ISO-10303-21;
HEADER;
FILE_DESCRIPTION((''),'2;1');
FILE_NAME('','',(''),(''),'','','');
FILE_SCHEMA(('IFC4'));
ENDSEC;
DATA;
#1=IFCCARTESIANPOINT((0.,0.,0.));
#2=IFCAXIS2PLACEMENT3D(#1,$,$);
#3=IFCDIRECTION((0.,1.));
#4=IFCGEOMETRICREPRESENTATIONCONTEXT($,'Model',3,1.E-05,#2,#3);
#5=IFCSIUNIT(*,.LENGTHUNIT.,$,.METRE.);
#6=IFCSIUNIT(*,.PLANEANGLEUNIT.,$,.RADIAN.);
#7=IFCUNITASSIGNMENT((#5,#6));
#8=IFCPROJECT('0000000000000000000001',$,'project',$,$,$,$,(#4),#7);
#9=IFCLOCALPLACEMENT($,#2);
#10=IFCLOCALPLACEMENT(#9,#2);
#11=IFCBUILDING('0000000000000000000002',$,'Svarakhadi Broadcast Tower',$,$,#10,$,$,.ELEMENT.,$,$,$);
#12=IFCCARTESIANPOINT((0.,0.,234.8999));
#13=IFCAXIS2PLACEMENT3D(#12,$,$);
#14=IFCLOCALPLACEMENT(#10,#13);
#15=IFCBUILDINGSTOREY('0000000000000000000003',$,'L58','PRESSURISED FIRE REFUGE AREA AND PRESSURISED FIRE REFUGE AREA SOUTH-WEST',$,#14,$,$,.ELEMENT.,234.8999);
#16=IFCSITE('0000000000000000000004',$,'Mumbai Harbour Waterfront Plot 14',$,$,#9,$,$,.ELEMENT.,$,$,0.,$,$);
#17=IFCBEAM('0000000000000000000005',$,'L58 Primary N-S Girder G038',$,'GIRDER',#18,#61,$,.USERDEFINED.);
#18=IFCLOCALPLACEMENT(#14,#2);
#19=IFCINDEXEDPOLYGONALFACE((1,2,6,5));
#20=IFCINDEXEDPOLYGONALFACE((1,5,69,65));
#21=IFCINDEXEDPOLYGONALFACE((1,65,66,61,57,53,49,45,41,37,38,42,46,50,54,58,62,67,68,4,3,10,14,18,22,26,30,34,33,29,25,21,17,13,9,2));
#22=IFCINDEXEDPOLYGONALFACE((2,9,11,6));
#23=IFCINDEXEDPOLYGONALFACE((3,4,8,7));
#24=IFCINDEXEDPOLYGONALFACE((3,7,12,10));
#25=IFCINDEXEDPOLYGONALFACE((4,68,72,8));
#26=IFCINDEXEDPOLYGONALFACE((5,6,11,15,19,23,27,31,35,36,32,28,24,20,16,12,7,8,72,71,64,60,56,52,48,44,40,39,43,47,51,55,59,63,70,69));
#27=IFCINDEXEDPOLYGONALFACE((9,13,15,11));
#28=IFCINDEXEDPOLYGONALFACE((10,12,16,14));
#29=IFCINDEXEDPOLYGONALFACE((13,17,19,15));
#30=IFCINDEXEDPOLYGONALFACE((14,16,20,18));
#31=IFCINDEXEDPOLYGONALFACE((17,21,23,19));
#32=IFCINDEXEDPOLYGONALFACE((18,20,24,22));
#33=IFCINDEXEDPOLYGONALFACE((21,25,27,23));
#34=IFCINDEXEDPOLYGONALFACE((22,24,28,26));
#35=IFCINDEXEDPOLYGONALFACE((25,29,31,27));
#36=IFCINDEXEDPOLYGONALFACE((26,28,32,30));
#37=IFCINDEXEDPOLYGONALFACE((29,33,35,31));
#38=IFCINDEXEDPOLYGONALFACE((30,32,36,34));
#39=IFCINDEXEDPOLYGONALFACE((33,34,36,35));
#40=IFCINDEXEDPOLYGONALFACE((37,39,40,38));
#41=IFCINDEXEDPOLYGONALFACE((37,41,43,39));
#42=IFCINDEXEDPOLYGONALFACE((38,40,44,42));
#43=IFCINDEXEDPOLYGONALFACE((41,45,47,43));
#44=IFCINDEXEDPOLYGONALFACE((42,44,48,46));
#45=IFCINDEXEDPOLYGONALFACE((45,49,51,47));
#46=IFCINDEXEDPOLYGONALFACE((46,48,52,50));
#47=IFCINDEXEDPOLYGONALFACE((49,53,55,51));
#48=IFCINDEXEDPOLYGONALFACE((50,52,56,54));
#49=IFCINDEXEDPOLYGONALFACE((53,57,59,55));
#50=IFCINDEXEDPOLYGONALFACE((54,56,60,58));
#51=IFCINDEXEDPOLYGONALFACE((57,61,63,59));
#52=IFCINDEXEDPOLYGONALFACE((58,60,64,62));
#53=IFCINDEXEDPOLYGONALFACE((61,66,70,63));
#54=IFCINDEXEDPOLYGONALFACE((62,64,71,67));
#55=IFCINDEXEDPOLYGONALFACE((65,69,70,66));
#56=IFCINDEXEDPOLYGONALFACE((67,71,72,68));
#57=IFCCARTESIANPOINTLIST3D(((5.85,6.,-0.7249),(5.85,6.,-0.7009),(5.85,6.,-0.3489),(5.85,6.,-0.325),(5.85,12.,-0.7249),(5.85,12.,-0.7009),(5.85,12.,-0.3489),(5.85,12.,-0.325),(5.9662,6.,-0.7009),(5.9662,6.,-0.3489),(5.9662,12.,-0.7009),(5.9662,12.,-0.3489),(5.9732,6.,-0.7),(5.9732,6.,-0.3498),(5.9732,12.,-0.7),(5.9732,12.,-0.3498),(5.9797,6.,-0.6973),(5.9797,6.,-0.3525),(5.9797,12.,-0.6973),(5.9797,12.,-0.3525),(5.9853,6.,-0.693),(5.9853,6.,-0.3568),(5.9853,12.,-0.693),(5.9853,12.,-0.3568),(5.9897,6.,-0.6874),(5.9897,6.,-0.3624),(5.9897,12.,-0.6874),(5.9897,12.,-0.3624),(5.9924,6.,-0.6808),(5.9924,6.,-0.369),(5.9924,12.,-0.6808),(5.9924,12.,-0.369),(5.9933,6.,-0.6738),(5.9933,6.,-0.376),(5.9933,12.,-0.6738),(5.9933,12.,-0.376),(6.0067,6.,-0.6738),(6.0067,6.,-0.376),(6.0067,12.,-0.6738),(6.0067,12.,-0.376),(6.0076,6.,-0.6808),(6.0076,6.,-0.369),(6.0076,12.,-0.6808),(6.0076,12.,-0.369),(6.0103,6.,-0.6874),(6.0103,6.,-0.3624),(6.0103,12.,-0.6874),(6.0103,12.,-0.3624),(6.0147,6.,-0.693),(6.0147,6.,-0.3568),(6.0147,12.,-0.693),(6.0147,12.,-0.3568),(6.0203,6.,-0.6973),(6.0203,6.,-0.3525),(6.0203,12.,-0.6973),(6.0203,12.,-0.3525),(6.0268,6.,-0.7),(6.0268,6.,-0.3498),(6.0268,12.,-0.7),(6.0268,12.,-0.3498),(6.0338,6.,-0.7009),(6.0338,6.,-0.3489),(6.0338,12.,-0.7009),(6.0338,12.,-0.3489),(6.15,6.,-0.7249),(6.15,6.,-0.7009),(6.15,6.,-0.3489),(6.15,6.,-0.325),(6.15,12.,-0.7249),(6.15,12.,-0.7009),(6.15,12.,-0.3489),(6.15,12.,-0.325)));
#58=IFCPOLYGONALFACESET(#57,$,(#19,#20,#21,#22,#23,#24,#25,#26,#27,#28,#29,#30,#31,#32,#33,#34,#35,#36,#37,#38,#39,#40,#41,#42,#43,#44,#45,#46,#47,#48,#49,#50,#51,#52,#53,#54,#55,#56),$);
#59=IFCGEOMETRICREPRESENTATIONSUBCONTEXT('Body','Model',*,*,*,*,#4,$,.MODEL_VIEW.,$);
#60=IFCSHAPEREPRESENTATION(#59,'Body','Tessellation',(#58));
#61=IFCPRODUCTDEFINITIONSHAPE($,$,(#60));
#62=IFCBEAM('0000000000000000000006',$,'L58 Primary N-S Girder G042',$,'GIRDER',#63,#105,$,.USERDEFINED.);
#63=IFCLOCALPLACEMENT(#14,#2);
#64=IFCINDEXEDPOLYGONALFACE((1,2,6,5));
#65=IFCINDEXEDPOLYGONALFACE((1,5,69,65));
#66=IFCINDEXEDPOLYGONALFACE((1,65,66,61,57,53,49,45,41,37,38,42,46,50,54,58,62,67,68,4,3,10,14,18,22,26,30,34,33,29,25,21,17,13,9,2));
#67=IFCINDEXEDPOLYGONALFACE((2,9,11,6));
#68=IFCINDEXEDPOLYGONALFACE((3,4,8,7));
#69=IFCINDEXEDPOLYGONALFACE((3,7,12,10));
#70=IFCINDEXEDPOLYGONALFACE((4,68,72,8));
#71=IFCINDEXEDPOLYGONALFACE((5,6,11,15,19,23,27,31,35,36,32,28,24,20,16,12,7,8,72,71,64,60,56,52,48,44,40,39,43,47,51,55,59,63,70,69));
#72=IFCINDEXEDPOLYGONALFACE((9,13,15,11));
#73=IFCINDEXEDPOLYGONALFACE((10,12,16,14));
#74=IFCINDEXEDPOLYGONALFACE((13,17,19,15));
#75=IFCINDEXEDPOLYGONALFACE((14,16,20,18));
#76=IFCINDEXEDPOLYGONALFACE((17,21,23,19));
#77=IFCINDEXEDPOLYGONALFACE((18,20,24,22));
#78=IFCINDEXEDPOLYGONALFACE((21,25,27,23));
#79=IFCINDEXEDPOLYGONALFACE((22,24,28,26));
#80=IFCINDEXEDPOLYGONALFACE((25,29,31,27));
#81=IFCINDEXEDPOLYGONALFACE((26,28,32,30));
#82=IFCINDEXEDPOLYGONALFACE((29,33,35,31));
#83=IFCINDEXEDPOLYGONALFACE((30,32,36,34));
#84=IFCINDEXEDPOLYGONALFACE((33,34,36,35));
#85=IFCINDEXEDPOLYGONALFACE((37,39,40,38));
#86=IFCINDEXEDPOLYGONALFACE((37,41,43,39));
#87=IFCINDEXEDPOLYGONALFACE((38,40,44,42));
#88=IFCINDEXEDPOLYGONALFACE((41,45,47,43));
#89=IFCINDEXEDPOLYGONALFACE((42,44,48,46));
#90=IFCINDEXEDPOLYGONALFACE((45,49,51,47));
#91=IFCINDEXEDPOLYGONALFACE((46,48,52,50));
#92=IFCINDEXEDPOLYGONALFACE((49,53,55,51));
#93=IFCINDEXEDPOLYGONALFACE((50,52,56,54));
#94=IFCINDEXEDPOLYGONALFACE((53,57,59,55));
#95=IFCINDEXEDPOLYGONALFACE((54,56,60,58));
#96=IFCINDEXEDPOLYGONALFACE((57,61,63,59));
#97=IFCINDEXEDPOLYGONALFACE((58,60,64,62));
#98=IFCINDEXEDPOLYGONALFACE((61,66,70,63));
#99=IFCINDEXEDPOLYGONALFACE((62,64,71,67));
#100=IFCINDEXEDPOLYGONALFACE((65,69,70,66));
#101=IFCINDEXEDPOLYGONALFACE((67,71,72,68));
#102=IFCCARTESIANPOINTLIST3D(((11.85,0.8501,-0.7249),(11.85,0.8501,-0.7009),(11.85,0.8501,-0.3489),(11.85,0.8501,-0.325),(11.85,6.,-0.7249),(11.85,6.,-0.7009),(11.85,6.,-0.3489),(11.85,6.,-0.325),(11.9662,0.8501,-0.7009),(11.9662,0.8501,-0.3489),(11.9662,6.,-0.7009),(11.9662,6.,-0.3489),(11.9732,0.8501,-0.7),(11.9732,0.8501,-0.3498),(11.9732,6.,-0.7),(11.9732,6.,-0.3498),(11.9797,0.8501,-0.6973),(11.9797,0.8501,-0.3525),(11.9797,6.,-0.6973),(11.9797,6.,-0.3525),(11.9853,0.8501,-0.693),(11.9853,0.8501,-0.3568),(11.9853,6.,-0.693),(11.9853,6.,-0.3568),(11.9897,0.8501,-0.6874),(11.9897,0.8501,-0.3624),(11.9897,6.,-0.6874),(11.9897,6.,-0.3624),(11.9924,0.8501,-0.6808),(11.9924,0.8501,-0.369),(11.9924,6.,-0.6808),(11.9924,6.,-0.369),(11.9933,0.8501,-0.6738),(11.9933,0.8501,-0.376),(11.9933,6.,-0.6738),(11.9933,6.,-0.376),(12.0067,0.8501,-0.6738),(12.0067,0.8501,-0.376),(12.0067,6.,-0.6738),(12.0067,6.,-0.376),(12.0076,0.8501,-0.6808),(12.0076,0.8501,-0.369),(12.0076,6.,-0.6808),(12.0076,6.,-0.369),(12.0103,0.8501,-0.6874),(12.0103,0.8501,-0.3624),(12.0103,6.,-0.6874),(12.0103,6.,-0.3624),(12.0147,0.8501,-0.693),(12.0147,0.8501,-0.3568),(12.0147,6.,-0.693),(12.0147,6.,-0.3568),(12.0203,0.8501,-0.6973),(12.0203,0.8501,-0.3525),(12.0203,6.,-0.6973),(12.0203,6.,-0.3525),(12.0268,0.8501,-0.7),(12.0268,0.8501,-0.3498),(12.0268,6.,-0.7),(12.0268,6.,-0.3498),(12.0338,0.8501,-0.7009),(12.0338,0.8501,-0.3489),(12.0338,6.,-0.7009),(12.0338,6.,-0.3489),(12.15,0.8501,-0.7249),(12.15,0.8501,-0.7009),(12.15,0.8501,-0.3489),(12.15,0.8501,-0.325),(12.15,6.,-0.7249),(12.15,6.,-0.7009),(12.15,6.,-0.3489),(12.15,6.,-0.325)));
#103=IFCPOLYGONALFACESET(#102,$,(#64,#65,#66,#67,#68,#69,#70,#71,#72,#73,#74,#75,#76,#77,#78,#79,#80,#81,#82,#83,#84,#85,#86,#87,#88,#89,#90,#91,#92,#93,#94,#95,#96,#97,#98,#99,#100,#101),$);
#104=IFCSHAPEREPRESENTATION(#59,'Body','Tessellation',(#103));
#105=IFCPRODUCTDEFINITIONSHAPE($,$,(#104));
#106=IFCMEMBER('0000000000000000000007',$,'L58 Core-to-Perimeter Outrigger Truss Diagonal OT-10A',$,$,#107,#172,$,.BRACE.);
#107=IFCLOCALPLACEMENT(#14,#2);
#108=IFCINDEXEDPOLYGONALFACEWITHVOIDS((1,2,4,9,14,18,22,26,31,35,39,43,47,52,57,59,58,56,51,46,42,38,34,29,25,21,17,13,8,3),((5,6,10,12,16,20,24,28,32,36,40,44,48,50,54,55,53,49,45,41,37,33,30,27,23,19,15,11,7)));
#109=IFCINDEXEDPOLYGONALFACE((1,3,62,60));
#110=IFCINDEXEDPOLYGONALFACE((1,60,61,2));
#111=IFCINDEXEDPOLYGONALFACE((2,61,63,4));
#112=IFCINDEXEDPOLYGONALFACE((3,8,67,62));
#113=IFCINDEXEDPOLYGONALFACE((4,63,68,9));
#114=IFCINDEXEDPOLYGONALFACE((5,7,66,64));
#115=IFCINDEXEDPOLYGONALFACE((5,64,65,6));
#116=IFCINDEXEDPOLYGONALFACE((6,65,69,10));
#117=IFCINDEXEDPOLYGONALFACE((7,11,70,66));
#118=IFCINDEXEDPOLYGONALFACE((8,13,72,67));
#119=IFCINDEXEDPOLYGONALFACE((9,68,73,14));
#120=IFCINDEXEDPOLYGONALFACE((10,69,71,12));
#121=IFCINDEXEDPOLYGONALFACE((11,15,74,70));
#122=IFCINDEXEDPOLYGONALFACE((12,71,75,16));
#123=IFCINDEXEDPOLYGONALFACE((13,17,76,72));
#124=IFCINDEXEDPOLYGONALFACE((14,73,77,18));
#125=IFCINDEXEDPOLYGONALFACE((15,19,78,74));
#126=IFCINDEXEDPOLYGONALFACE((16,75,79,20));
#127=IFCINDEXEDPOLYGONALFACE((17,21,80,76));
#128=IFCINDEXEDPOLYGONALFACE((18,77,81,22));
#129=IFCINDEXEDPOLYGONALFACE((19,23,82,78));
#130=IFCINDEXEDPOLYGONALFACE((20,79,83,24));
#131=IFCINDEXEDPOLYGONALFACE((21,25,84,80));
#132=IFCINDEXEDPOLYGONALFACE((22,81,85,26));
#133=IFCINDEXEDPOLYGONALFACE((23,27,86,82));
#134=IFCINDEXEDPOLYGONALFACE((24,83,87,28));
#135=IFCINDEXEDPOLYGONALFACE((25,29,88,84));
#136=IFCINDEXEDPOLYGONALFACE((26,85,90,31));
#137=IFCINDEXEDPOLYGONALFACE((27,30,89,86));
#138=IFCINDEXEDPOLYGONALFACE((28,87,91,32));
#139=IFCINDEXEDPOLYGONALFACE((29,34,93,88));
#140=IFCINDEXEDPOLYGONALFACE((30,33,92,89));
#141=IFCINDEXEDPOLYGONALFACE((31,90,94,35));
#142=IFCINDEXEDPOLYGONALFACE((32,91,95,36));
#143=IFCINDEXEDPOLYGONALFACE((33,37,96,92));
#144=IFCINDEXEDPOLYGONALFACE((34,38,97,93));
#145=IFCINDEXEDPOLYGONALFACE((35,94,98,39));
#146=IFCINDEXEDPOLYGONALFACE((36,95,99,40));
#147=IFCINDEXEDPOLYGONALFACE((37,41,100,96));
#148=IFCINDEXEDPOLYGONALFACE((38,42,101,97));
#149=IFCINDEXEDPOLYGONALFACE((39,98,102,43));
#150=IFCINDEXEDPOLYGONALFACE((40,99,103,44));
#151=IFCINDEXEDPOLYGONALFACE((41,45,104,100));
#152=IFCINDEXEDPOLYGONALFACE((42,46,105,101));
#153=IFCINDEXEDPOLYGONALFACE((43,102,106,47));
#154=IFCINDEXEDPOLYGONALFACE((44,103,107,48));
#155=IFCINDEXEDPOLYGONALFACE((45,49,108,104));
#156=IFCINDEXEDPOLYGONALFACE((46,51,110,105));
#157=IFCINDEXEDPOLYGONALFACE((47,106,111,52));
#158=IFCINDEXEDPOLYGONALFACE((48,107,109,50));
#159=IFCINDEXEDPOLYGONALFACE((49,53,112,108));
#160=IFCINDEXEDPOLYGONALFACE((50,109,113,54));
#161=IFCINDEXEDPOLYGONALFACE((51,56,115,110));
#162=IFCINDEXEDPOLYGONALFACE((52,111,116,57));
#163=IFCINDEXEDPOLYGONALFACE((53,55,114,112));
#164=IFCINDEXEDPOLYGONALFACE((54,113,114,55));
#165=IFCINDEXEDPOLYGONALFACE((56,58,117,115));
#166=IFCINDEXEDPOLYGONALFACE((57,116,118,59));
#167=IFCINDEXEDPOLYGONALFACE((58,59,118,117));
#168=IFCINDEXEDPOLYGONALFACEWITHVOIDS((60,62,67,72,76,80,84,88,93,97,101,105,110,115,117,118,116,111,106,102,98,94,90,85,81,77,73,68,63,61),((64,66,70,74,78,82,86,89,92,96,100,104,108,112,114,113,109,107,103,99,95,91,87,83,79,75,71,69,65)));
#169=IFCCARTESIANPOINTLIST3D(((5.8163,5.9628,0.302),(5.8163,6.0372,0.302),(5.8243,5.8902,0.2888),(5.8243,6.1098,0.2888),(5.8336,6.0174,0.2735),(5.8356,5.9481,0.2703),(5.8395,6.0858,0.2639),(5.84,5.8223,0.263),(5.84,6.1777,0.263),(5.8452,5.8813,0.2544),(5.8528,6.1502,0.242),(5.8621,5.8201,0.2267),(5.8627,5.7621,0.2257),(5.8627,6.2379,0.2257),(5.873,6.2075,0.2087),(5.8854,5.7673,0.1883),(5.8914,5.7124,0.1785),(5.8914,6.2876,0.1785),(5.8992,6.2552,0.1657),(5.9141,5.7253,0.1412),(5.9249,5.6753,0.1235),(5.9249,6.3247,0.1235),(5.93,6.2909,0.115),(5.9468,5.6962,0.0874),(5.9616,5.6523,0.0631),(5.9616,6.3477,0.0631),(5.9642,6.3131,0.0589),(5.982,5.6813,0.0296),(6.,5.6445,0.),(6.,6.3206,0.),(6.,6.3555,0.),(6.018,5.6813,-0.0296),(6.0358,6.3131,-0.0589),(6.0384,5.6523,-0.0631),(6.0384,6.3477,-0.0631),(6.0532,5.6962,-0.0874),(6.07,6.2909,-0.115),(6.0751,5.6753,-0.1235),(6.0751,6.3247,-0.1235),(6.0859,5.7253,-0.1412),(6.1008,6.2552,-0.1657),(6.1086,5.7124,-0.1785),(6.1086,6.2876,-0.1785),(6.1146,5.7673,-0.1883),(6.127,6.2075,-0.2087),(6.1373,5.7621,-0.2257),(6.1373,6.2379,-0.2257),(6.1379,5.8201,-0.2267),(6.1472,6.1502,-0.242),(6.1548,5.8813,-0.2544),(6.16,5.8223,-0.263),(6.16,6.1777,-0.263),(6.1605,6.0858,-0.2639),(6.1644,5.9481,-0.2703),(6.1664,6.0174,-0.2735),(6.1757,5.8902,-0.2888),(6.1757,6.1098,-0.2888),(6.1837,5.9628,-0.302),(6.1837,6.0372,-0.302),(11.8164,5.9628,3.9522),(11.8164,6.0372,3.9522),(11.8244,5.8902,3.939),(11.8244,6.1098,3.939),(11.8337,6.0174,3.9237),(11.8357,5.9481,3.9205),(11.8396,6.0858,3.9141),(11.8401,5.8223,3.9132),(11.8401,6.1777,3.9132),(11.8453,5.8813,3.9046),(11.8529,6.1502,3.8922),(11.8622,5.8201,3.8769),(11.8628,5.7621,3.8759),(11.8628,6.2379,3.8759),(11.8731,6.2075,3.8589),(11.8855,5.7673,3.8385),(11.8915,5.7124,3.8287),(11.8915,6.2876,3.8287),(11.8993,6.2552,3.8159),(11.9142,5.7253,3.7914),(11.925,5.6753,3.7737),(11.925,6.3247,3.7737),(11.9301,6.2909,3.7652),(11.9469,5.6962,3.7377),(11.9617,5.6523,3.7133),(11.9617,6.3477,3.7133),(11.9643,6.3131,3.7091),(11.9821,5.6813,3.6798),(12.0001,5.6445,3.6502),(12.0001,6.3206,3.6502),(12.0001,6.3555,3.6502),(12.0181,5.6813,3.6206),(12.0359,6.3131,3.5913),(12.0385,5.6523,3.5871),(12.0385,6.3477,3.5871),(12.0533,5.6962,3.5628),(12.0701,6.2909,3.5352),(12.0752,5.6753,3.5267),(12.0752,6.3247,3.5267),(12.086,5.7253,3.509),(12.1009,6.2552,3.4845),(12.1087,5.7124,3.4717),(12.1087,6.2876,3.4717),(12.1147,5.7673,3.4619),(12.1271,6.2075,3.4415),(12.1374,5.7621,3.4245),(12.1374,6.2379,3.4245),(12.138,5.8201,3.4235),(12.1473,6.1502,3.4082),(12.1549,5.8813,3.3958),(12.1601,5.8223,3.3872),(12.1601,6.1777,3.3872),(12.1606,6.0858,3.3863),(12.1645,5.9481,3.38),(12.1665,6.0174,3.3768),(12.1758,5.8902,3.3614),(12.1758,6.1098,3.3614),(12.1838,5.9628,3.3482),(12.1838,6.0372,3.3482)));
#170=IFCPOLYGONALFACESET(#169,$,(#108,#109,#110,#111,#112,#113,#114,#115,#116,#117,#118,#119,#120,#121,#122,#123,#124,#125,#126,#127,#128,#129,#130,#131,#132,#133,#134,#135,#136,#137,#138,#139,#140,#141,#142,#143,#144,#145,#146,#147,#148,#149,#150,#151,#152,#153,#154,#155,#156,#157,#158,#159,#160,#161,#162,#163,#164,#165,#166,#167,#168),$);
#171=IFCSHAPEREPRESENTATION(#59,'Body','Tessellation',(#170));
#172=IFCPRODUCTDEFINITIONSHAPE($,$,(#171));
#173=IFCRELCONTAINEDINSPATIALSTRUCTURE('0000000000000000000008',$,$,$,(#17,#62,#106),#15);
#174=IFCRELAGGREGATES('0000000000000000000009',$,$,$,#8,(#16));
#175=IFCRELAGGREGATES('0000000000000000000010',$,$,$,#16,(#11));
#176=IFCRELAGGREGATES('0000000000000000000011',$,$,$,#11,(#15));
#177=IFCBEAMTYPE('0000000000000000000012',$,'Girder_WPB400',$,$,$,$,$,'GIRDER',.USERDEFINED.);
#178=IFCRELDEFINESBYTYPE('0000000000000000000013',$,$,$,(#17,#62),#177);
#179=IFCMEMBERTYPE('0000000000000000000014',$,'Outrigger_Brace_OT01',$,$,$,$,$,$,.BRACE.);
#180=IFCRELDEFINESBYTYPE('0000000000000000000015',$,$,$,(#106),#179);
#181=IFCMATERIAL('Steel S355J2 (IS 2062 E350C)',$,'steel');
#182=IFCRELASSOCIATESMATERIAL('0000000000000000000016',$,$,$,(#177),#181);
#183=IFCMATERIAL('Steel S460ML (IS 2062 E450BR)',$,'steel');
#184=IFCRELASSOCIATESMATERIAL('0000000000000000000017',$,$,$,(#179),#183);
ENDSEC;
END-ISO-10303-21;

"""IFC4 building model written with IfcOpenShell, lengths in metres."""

from ifc_helpers import new_model, si_unit, direction, frame, origin, origin_2d, place, context, subcontext, project, spatial, hollow_circle, i_section, extrude, material, material_profile, profile_set, type_object, element, save


model = new_model("IFC4")

# Units and contexts
model_context = context("Model", 3, precision=1e-05, world=origin(), true_north=direction((0.0, 1.0)))
body_context = subcontext(model_context, "Body", "Model", "MODEL_VIEW")
ifc_project = project(units=[si_unit("LENGTHUNIT", "METRE"), si_unit("PLANEANGLEUNIT", "RADIAN")], contexts=[model_context])

# Site, building, storey
site_placement = place(None, origin())
site = spatial("IfcSite", under=ifc_project, at=site_placement, Name="Mumbai Harbour Waterfront Plot 14", CompositionType="ELEMENT", RefElevation=0.0)
building_placement = place(site_placement, origin())
building = spatial("IfcBuilding", under=site, at=building_placement, Name="Svarakhadi Broadcast Tower", CompositionType="ELEMENT")
storey_placement = place(building_placement, frame((0.0, 0.0, 234.8999)))
storey = spatial("IfcBuildingStorey", under=building, at=storey_placement, Name="L58", Description="PRESSURISED FIRE REFUGE AREA AND PRESSURISED FIRE REFUGE AREA SOUTH-WEST", CompositionType="ELEMENT", Elevation=234.8999)

# Shared definitions
ifc_material_1 = material(Name="Steel S460ML (IS 2062 E450BR)", Category="steel")

# Shared definitions
ifc_material_2 = material(Name="Steel S355J2 (IS 2062 E350C)", Category="steel")

# Beams
ifc_material_profile_1 = material_profile(ifc_material_2, i_section(OverallWidth=0.3, OverallDepth=0.3999, WebThickness=0.0134, FlangeThickness=0.0239, FilletRadius=0.0271, at=origin_2d()), Name="WPB 400x300x155")
ifc_profile_set_1 = profile_set([ifc_material_profile_1], Name="Steel S355J2 (IS 2062 E350C)")
beam_type_1 = type_object("IfcBeamType", Name="Girder_WPB400", ElementType="GIRDER", PredefinedType="USERDEFINED", material=ifc_profile_set_1)
for number, where, z_axis, x_axis, name in (
    (1, (6.0, 6.0, -0.5249), (0.0, 1.0, 0.0), (-1.0, 0.0, 0.0), "L58 Primary N-S Girder G038"),
):
    element("IfcBeam", number, at=place(storey_placement, frame(where, z_axis=z_axis, x_axis=x_axis)), inside=storey, type_object=beam_type_1, Name=name, ObjectType="GIRDER", PredefinedType="USERDEFINED", context=body_context, shape_type="SweptSolid", body=[
        extrude(i_section(OverallWidth=0.3, OverallDepth=0.3999, WebThickness=0.0134, FlangeThickness=0.0239, FilletRadius=0.0271, at=origin_2d()), origin(), (0.0, 0.0, 1.0), 6.0),
    ])
beam_placement = place(storey_placement, frame((12.0, 0.8501, -0.5249), z_axis=(0.0, 1.0, 0.0), x_axis=(-1.0, 0.0, 0.0)))
element("IfcBeam", 2, at=beam_placement, inside=storey, type_object=beam_type_1, Name="L58 Primary N-S Girder G042", ObjectType="GIRDER", PredefinedType="USERDEFINED", context=body_context, shape_type="SweptSolid", body=[
    extrude(i_section(OverallWidth=0.3, OverallDepth=0.3999, WebThickness=0.0134, FlangeThickness=0.0239, FilletRadius=0.0271, at=origin_2d()), origin(), (0.0, 0.0, 1.0), 5.1499),
])

# Member
ifc_material_profile_2 = material_profile(ifc_material_1, hollow_circle(Radius=0.3555, WallThickness=0.0349, at=origin_2d()), Name="CHS 711x35")
ifc_profile_set_2 = profile_set([ifc_material_profile_2], Name="Steel S460ML (IS 2062 E450BR)")
member_type_1 = type_object("IfcMemberType", Name="Outrigger_Brace_OT01", PredefinedType="BRACE", material=ifc_profile_set_2)
member_1_placement = place(storey_placement, frame((6.0, 6.0, 0.0), z_axis=(0.854327, 0.0, 0.519736), x_axis=(0.0, 1.0, 0.0)))
element("IfcMember", 3, at=member_1_placement, inside=storey, type_object=member_type_1, Name="L58 Core-to-Perimeter Outrigger Truss Diagonal OT-10A", PredefinedType="BRACE", context=body_context, shape_type="SweptSolid", body=[
    extrude(hollow_circle(Radius=0.3555, WallThickness=0.0349, at=origin_2d()), origin(), (0.0, 0.0, 1.0), 7.0232),
])

save(model, "model.ifc")
